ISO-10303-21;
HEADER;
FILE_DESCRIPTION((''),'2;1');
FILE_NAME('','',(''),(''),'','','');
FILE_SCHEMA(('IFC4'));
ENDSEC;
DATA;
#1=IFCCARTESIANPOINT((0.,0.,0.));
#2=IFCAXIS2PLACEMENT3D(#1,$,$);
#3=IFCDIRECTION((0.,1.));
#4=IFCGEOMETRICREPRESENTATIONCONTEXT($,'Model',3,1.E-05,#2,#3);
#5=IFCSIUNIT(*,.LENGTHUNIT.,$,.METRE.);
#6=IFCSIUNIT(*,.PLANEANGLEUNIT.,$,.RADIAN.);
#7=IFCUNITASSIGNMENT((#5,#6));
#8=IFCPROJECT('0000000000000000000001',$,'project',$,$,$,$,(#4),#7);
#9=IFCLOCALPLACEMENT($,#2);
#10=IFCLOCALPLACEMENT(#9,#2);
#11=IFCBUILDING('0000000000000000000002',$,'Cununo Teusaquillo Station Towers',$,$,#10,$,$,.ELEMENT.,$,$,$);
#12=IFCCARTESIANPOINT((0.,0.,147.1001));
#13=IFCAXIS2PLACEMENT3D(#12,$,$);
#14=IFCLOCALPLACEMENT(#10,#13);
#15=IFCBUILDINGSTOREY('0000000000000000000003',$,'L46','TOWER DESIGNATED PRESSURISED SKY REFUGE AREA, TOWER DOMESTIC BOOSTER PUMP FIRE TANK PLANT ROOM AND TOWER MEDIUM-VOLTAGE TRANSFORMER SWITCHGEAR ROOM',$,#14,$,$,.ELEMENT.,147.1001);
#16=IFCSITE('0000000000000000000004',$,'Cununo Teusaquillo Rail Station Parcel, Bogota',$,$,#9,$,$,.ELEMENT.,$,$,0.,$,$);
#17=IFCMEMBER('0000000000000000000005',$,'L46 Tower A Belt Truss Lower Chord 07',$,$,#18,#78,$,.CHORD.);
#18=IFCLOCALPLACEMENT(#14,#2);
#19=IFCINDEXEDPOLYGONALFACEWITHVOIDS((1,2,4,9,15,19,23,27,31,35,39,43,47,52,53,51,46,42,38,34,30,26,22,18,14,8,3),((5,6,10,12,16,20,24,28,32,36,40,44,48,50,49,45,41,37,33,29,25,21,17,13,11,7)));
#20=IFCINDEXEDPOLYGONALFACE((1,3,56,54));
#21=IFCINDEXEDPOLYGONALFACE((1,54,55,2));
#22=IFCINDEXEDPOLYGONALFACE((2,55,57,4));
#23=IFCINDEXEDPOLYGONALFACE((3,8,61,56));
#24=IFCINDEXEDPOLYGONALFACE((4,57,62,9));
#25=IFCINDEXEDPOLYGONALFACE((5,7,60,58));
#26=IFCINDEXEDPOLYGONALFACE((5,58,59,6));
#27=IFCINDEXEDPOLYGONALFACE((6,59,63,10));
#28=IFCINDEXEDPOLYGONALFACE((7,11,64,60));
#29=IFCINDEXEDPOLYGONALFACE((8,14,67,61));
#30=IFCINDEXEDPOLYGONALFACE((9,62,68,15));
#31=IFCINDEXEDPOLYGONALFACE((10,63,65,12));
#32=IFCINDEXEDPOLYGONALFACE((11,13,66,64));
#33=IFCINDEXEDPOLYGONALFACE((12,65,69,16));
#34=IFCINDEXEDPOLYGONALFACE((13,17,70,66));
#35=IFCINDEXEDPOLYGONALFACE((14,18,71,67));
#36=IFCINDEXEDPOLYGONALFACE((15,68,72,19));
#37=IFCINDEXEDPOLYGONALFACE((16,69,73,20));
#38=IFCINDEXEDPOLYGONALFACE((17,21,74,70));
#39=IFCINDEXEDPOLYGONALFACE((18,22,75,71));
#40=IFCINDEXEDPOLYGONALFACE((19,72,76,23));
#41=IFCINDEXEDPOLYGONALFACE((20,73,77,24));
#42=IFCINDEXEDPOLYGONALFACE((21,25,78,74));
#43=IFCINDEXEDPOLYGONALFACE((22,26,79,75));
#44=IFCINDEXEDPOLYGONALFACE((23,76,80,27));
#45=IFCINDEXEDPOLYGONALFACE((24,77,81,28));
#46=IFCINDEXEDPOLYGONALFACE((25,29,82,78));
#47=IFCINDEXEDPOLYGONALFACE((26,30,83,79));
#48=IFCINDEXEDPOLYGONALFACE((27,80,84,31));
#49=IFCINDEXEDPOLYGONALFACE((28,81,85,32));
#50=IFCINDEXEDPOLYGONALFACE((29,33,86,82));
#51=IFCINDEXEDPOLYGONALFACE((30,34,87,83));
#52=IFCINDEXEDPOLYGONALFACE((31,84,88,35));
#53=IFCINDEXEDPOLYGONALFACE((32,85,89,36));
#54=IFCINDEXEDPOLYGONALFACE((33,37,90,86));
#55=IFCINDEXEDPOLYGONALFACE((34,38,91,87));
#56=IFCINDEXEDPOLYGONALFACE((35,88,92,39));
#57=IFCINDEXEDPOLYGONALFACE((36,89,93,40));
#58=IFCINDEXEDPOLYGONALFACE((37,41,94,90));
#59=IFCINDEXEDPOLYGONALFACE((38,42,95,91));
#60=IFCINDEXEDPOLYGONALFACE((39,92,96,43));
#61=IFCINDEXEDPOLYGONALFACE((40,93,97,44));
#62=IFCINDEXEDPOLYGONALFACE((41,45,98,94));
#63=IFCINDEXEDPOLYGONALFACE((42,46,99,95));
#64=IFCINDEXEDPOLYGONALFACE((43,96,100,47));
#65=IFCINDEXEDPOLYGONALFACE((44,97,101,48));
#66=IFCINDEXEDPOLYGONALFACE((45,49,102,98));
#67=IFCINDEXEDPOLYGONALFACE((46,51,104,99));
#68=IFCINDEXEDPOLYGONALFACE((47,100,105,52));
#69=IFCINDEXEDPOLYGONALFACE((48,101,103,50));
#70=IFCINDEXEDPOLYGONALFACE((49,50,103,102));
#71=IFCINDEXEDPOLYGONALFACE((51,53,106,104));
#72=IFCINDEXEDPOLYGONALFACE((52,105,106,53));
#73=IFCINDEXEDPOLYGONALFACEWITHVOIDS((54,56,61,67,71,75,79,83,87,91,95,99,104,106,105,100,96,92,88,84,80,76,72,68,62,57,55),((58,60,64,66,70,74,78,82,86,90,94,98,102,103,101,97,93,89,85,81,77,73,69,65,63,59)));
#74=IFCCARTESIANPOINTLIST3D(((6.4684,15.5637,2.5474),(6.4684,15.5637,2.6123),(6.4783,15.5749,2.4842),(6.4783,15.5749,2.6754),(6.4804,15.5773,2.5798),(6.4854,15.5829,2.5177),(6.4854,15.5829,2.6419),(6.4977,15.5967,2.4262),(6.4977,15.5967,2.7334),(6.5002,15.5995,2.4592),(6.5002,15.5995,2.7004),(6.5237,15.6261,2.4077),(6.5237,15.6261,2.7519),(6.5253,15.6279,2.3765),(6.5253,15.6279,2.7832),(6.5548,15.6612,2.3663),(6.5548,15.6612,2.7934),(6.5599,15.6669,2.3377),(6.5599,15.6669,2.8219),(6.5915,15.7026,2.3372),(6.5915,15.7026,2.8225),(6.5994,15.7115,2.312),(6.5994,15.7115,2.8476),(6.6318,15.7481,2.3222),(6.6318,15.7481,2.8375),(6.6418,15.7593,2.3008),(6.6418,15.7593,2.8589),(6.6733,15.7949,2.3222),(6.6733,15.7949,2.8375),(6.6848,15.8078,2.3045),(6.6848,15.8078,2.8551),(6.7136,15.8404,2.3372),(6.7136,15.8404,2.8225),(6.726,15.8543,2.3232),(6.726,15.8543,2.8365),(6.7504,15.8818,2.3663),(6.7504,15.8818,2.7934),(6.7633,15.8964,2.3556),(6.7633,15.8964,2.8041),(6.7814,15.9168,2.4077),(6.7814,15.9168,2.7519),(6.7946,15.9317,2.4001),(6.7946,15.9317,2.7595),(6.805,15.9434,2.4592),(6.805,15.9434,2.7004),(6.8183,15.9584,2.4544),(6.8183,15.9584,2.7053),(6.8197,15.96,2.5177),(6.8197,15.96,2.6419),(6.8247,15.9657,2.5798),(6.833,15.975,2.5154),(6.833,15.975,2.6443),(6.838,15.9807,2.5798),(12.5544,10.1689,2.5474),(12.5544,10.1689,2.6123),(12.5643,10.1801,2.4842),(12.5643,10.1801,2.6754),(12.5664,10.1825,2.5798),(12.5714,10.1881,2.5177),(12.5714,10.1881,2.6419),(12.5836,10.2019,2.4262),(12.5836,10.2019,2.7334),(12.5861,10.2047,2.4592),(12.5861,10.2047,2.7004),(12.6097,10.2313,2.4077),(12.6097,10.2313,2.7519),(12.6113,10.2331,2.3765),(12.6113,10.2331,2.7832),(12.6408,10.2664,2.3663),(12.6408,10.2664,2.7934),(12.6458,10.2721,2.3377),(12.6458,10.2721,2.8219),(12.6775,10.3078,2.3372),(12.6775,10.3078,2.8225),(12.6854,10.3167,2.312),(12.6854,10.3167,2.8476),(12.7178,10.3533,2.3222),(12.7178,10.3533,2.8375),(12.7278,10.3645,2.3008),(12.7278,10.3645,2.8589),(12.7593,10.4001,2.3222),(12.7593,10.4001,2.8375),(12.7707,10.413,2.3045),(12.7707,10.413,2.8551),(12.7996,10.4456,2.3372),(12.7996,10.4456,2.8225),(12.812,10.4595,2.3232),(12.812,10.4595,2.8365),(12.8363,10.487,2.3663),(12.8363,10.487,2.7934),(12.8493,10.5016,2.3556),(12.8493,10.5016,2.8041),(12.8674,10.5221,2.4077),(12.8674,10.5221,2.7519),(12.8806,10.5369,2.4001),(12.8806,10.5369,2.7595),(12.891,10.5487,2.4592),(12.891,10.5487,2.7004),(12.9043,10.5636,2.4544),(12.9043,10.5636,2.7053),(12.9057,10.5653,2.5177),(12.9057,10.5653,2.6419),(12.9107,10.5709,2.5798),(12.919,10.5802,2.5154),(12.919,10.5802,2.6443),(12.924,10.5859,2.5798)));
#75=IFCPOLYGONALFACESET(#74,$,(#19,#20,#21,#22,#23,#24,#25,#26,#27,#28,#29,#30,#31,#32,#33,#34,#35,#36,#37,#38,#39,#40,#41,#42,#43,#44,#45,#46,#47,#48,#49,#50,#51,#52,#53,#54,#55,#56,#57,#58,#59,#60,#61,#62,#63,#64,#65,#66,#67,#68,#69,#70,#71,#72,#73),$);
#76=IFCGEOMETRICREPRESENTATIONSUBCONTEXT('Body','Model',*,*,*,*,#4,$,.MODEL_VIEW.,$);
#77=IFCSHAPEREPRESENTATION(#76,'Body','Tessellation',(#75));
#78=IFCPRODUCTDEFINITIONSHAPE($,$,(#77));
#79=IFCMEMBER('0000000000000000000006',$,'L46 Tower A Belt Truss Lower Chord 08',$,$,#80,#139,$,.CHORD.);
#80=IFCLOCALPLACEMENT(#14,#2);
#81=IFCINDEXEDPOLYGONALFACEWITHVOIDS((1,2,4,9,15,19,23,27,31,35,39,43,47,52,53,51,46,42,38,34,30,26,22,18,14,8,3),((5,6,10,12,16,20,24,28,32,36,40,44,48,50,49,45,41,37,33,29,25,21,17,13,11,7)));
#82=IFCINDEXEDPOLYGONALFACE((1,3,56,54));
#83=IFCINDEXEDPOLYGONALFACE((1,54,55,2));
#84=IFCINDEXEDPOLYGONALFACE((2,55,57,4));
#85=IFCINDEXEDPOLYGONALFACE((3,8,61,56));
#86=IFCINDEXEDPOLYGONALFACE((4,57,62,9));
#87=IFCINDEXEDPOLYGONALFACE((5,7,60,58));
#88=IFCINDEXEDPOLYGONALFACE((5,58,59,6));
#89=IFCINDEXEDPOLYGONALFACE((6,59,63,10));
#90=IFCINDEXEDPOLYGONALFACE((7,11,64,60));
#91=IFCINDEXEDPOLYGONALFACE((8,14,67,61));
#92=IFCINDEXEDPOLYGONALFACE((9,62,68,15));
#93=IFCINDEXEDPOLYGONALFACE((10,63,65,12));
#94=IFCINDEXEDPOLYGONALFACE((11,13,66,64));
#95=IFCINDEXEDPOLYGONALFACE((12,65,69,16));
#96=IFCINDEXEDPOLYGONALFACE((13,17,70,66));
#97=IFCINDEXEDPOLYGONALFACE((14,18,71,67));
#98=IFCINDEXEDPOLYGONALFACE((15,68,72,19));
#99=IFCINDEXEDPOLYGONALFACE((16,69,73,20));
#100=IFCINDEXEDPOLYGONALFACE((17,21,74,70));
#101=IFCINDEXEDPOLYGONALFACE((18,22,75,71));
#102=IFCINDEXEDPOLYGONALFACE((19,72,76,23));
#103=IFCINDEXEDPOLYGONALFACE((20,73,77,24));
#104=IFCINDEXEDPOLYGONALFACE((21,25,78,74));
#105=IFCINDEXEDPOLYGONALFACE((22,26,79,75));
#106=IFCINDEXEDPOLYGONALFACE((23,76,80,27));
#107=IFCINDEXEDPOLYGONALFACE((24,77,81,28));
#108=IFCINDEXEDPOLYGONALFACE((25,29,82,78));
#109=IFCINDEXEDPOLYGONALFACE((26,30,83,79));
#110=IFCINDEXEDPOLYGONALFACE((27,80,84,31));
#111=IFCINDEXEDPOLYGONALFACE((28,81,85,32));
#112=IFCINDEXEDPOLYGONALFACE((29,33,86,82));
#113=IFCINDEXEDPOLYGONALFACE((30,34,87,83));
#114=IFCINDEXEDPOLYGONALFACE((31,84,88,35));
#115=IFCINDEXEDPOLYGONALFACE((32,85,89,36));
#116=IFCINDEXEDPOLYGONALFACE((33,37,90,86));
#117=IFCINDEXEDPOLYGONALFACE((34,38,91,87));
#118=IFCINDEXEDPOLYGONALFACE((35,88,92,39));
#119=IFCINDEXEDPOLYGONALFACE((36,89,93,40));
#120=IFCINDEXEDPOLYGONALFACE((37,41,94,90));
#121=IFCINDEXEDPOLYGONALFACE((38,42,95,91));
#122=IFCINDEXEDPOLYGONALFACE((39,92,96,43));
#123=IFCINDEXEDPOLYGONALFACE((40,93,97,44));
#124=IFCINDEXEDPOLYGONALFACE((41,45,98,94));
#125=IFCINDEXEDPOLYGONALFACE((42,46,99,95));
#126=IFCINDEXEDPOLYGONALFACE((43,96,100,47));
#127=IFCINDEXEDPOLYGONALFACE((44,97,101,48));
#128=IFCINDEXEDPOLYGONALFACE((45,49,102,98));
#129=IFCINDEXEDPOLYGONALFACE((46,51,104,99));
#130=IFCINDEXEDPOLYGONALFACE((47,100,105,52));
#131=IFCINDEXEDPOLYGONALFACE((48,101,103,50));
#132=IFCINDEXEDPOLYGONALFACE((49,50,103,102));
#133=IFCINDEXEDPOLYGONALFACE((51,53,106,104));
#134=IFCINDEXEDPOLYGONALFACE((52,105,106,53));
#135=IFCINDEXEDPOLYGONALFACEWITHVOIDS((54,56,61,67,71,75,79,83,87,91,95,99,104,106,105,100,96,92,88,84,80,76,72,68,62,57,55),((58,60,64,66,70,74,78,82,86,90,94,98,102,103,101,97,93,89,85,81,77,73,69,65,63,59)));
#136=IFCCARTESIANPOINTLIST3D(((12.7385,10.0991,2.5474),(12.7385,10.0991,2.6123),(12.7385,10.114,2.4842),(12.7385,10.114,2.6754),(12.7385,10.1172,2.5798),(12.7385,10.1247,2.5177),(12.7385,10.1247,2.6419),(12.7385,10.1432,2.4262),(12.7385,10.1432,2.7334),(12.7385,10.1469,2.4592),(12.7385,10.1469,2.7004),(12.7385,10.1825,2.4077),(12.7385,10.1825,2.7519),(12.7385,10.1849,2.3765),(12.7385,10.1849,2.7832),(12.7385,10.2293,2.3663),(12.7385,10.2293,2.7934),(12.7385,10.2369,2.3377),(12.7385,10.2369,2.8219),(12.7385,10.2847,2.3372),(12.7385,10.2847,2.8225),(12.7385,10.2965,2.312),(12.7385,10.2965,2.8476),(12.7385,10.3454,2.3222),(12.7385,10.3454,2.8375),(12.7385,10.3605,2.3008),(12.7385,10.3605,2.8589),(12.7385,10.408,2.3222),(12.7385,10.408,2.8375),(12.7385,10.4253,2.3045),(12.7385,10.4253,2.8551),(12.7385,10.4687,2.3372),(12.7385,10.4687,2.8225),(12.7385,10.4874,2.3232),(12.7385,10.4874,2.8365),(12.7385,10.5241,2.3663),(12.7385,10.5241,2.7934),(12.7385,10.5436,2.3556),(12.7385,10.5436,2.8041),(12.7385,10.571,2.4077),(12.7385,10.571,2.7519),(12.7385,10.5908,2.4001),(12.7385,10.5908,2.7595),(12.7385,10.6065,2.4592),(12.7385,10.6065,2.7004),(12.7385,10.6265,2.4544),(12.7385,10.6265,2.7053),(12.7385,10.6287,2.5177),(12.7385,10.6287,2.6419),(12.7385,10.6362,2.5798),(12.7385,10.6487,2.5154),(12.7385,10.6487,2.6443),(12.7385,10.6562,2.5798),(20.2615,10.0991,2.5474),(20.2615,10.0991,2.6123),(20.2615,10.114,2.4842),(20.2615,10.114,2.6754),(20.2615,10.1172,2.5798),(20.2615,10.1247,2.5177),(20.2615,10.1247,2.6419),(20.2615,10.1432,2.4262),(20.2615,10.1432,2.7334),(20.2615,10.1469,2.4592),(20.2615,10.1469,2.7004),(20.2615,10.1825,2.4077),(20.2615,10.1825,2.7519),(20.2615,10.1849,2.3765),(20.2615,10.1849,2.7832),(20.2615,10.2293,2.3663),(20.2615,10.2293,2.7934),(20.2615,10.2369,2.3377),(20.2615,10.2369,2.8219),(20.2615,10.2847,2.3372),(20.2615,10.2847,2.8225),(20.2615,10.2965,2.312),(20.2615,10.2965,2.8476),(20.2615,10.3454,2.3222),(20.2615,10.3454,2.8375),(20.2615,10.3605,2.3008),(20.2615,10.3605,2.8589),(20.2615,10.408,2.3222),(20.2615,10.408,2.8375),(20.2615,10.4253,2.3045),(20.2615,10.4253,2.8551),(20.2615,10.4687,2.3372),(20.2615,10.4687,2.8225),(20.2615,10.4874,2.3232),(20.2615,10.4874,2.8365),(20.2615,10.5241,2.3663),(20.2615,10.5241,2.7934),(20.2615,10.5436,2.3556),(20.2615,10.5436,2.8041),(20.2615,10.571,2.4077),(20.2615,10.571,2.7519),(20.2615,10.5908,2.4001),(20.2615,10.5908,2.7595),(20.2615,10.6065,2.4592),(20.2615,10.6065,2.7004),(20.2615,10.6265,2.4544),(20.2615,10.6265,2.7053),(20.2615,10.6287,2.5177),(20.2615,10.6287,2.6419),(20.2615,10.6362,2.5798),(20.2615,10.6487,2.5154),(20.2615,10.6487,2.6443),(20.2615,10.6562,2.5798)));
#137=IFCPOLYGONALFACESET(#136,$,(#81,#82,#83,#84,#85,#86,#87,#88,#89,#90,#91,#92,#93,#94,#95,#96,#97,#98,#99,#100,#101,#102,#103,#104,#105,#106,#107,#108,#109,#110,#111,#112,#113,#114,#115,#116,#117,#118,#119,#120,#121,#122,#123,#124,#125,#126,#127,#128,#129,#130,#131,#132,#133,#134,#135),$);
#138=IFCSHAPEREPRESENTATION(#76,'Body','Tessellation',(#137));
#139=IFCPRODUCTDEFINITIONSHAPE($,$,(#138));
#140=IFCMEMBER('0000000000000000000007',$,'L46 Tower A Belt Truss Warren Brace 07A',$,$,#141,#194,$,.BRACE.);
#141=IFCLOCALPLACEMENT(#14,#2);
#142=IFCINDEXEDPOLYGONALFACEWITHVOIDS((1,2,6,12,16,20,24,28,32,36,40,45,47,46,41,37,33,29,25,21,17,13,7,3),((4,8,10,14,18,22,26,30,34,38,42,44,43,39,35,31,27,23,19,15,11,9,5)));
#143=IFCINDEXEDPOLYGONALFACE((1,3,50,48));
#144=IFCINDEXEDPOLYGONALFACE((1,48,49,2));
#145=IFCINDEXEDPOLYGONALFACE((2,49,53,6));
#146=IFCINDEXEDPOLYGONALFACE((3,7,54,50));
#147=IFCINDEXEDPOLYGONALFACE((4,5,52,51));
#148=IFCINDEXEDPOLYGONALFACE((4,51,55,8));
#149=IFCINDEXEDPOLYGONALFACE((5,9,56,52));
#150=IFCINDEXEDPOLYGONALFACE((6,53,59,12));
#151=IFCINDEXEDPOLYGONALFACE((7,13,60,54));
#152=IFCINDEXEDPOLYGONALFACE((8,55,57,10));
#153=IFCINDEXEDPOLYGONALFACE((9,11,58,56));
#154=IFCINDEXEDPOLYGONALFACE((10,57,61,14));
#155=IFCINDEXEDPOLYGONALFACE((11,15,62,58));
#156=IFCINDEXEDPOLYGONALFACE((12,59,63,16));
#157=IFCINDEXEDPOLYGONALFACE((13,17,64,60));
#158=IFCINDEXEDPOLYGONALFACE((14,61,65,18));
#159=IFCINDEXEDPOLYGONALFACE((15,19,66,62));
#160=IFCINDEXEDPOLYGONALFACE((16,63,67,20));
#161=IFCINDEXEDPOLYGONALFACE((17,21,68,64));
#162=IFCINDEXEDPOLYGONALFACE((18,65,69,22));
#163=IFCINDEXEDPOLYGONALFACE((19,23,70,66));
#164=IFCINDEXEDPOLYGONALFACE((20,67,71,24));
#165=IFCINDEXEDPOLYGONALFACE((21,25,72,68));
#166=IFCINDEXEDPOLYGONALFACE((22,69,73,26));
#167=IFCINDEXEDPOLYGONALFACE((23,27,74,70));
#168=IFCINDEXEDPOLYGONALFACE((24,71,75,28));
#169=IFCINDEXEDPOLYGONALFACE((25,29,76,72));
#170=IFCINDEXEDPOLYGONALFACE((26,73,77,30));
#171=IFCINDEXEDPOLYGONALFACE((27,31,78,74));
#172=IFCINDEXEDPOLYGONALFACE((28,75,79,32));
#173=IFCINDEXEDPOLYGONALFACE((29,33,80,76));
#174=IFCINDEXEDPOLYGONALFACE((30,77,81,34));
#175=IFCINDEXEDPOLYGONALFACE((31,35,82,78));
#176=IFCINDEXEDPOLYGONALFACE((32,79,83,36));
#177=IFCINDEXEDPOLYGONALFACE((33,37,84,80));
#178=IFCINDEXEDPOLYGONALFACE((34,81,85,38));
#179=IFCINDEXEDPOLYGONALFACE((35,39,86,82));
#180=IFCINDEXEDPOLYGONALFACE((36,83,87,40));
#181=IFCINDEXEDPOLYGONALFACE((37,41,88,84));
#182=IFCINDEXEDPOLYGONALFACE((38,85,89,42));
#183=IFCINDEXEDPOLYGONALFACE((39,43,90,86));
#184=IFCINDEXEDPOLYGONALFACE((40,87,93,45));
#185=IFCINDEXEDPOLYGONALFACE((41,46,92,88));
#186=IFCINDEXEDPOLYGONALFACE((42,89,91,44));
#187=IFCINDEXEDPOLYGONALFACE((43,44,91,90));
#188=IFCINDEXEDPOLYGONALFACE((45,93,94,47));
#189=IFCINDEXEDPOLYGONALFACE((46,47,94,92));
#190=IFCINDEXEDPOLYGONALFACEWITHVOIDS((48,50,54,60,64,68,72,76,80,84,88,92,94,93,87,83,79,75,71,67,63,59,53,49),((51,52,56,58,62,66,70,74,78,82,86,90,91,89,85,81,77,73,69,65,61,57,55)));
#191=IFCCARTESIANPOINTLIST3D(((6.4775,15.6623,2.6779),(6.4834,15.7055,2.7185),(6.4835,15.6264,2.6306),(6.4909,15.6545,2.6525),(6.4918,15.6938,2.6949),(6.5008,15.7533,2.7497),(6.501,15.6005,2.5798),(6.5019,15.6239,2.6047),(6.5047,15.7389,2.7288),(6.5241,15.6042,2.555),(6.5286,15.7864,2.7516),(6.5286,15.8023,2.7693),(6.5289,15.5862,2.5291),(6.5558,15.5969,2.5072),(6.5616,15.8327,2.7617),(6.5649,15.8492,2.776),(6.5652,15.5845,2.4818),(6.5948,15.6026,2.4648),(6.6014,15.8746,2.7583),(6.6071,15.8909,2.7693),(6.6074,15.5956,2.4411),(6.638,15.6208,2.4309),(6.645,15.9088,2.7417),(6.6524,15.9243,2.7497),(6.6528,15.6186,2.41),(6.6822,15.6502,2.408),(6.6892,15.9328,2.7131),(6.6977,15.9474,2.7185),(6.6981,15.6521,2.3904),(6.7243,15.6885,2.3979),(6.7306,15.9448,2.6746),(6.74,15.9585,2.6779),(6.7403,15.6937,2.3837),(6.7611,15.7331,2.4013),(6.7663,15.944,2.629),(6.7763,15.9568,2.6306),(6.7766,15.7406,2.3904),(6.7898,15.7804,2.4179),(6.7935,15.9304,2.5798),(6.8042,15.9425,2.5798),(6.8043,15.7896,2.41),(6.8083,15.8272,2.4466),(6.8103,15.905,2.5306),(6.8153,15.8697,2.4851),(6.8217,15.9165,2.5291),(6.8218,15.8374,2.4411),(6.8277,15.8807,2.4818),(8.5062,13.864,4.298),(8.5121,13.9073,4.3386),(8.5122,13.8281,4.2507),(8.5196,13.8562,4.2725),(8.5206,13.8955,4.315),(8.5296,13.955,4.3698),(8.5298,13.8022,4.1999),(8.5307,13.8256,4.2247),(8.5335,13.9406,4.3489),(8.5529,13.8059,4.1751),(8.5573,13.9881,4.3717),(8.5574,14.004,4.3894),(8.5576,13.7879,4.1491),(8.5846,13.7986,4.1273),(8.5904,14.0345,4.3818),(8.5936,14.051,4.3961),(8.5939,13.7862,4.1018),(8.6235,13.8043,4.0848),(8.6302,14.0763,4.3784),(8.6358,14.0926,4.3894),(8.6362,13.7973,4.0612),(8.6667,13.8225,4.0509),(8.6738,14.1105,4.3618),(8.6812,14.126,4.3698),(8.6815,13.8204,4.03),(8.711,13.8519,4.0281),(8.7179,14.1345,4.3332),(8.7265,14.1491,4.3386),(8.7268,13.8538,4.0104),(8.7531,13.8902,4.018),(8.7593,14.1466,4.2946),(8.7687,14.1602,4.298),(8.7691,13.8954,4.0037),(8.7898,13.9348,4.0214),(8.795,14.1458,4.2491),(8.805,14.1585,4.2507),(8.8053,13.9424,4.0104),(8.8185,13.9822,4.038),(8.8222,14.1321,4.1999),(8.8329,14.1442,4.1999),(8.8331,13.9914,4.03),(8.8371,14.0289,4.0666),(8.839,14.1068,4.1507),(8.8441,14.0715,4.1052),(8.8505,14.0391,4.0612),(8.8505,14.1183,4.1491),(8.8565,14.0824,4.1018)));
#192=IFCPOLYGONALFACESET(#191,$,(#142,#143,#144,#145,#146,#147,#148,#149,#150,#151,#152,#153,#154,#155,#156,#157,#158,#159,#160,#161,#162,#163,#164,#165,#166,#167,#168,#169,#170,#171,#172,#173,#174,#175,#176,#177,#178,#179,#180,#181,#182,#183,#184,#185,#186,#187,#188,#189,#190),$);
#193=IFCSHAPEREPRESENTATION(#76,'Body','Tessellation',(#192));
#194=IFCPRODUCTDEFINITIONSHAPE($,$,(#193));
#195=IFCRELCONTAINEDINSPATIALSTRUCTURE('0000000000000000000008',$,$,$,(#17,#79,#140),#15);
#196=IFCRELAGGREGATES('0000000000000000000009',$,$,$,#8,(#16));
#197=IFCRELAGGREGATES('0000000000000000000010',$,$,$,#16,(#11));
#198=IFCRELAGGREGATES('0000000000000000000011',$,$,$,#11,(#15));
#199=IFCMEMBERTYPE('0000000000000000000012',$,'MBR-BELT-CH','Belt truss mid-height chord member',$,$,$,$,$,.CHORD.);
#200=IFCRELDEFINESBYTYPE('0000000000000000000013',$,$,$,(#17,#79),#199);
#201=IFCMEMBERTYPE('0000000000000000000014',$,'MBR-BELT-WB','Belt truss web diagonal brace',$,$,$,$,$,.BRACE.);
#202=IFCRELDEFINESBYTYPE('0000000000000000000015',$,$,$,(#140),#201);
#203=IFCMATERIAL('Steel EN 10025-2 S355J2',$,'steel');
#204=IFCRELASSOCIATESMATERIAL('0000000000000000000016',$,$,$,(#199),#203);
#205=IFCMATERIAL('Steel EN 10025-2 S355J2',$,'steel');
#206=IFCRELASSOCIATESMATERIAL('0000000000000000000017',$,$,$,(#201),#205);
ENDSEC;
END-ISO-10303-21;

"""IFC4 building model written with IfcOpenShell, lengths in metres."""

from ifc_helpers import new_model, si_unit, direction, frame, origin, origin_2d, place, context, subcontext, project, spatial, hollow_circle, extrude, material, material_profile, profile_set, type_object, element, save


model = new_model("IFC4")

# Units and contexts
model_context = context("Model", 3, precision=1e-05, world=origin(), true_north=direction((0.0, 1.0)))
body_context = subcontext(model_context, "Body", "Model", "MODEL_VIEW")
ifc_project = project(units=[si_unit("LENGTHUNIT", "METRE"), si_unit("PLANEANGLEUNIT", "RADIAN")], contexts=[model_context])

# Site, building, storey
site_placement = place(None, origin())
site = spatial("IfcSite", under=ifc_project, at=site_placement, Name="Cununo Teusaquillo Rail Station Parcel, Bogota", CompositionType="ELEMENT", RefElevation=0.0)
building_placement = place(site_placement, origin())
building = spatial("IfcBuilding", under=site, at=building_placement, Name="Cununo Teusaquillo Station Towers", CompositionType="ELEMENT")
storey_placement = place(building_placement, frame((0.0, 0.0, 147.1001)))
storey = spatial("IfcBuildingStorey", under=building, at=storey_placement, Name="L46", Description="TOWER DESIGNATED PRESSURISED SKY REFUGE AREA, TOWER DOMESTIC BOOSTER PUMP FIRE TANK PLANT ROOM AND TOWER MEDIUM-VOLTAGE TRANSFORMER SWITCHGEAR ROOM", CompositionType="ELEMENT", Elevation=147.1001)

# Members
ifc_material_1 = material(Name="Steel EN 10025-2 S355J2", Category="steel")
ifc_material_profile_1 = material_profile(ifc_material_1, hollow_circle(Radius=0.2795, WallThickness=0.02, at=origin_2d()), Name="CHS 559x20")
ifc_profile_set_1 = profile_set([ifc_material_profile_1], Name="Steel EN 10025-2 S355J2")
member_type_1 = type_object("IfcMemberType", Name="MBR-BELT-CH", Description="Belt truss mid-height chord member", PredefinedType="CHORD", material=ifc_profile_set_1)
member_1_placement = place(storey_placement, frame((6.6526, 15.7715, 2.5798), z_axis=(0.748321, -0.663337, 0.0), x_axis=(0.663337, 0.748321, 0.0)))
element("IfcMember", 1, at=member_1_placement, inside=storey, type_object=member_type_1, Name="L46 Tower A Belt Truss Lower Chord 07", PredefinedType="CHORD", context=body_context, shape_type="SweptSolid", body=[
    extrude(hollow_circle(Radius=0.2795, WallThickness=0.02, at=origin_2d()), origin(), (0.0, 0.0, 1.0), 8.1328),
])
member_2_placement = place(storey_placement, frame((12.7385, 10.3767, 2.5798), z_axis=(1.0, 0.0, 0.0), x_axis=(0.0, 1.0, 0.0)))
element("IfcMember", 2, at=member_2_placement, inside=storey, type_object=member_type_1, Name="L46 Tower A Belt Truss Lower Chord 08", PredefinedType="CHORD", context=body_context, shape_type="SweptSolid", body=[
    extrude(hollow_circle(Radius=0.2795, WallThickness=0.02, at=origin_2d()), origin(), (0.0, 0.0, 1.0), 7.5229),
])
ifc_material_2 = material(Name="Steel EN 10025-2 S355J2", Category="steel")
ifc_material_profile_2 = material_profile(ifc_material_2, hollow_circle(Radius=0.2285, WallThickness=0.0161, at=origin_2d()), Name="CHS 457x16")
ifc_profile_set_2 = profile_set([ifc_material_profile_2], Name="Steel EN 10025-2 S355J2")
member_type_2 = type_object("IfcMemberType", Name="MBR-BELT-WB", Description="Belt truss web diagonal brace", PredefinedType="BRACE", material=ifc_profile_set_2)
member_3_placement = place(storey_placement, frame((6.6526, 15.7715, 2.5798), z_axis=(0.642373, -0.569401, 0.512971), x_axis=(0.663324, 0.748333, 0.0)))
element("IfcMember", 3, at=member_3_placement, inside=storey, type_object=member_type_2, Name="L46 Tower A Belt Truss Warren Brace 07A", PredefinedType="BRACE", context=body_context, shape_type="SweptSolid", body=[
    extrude(hollow_circle(Radius=0.2285, WallThickness=0.0161, at=origin_2d()), origin(), (0.0, 0.0, 1.0), 3.1582),
])

save(model, "model.ifc")
